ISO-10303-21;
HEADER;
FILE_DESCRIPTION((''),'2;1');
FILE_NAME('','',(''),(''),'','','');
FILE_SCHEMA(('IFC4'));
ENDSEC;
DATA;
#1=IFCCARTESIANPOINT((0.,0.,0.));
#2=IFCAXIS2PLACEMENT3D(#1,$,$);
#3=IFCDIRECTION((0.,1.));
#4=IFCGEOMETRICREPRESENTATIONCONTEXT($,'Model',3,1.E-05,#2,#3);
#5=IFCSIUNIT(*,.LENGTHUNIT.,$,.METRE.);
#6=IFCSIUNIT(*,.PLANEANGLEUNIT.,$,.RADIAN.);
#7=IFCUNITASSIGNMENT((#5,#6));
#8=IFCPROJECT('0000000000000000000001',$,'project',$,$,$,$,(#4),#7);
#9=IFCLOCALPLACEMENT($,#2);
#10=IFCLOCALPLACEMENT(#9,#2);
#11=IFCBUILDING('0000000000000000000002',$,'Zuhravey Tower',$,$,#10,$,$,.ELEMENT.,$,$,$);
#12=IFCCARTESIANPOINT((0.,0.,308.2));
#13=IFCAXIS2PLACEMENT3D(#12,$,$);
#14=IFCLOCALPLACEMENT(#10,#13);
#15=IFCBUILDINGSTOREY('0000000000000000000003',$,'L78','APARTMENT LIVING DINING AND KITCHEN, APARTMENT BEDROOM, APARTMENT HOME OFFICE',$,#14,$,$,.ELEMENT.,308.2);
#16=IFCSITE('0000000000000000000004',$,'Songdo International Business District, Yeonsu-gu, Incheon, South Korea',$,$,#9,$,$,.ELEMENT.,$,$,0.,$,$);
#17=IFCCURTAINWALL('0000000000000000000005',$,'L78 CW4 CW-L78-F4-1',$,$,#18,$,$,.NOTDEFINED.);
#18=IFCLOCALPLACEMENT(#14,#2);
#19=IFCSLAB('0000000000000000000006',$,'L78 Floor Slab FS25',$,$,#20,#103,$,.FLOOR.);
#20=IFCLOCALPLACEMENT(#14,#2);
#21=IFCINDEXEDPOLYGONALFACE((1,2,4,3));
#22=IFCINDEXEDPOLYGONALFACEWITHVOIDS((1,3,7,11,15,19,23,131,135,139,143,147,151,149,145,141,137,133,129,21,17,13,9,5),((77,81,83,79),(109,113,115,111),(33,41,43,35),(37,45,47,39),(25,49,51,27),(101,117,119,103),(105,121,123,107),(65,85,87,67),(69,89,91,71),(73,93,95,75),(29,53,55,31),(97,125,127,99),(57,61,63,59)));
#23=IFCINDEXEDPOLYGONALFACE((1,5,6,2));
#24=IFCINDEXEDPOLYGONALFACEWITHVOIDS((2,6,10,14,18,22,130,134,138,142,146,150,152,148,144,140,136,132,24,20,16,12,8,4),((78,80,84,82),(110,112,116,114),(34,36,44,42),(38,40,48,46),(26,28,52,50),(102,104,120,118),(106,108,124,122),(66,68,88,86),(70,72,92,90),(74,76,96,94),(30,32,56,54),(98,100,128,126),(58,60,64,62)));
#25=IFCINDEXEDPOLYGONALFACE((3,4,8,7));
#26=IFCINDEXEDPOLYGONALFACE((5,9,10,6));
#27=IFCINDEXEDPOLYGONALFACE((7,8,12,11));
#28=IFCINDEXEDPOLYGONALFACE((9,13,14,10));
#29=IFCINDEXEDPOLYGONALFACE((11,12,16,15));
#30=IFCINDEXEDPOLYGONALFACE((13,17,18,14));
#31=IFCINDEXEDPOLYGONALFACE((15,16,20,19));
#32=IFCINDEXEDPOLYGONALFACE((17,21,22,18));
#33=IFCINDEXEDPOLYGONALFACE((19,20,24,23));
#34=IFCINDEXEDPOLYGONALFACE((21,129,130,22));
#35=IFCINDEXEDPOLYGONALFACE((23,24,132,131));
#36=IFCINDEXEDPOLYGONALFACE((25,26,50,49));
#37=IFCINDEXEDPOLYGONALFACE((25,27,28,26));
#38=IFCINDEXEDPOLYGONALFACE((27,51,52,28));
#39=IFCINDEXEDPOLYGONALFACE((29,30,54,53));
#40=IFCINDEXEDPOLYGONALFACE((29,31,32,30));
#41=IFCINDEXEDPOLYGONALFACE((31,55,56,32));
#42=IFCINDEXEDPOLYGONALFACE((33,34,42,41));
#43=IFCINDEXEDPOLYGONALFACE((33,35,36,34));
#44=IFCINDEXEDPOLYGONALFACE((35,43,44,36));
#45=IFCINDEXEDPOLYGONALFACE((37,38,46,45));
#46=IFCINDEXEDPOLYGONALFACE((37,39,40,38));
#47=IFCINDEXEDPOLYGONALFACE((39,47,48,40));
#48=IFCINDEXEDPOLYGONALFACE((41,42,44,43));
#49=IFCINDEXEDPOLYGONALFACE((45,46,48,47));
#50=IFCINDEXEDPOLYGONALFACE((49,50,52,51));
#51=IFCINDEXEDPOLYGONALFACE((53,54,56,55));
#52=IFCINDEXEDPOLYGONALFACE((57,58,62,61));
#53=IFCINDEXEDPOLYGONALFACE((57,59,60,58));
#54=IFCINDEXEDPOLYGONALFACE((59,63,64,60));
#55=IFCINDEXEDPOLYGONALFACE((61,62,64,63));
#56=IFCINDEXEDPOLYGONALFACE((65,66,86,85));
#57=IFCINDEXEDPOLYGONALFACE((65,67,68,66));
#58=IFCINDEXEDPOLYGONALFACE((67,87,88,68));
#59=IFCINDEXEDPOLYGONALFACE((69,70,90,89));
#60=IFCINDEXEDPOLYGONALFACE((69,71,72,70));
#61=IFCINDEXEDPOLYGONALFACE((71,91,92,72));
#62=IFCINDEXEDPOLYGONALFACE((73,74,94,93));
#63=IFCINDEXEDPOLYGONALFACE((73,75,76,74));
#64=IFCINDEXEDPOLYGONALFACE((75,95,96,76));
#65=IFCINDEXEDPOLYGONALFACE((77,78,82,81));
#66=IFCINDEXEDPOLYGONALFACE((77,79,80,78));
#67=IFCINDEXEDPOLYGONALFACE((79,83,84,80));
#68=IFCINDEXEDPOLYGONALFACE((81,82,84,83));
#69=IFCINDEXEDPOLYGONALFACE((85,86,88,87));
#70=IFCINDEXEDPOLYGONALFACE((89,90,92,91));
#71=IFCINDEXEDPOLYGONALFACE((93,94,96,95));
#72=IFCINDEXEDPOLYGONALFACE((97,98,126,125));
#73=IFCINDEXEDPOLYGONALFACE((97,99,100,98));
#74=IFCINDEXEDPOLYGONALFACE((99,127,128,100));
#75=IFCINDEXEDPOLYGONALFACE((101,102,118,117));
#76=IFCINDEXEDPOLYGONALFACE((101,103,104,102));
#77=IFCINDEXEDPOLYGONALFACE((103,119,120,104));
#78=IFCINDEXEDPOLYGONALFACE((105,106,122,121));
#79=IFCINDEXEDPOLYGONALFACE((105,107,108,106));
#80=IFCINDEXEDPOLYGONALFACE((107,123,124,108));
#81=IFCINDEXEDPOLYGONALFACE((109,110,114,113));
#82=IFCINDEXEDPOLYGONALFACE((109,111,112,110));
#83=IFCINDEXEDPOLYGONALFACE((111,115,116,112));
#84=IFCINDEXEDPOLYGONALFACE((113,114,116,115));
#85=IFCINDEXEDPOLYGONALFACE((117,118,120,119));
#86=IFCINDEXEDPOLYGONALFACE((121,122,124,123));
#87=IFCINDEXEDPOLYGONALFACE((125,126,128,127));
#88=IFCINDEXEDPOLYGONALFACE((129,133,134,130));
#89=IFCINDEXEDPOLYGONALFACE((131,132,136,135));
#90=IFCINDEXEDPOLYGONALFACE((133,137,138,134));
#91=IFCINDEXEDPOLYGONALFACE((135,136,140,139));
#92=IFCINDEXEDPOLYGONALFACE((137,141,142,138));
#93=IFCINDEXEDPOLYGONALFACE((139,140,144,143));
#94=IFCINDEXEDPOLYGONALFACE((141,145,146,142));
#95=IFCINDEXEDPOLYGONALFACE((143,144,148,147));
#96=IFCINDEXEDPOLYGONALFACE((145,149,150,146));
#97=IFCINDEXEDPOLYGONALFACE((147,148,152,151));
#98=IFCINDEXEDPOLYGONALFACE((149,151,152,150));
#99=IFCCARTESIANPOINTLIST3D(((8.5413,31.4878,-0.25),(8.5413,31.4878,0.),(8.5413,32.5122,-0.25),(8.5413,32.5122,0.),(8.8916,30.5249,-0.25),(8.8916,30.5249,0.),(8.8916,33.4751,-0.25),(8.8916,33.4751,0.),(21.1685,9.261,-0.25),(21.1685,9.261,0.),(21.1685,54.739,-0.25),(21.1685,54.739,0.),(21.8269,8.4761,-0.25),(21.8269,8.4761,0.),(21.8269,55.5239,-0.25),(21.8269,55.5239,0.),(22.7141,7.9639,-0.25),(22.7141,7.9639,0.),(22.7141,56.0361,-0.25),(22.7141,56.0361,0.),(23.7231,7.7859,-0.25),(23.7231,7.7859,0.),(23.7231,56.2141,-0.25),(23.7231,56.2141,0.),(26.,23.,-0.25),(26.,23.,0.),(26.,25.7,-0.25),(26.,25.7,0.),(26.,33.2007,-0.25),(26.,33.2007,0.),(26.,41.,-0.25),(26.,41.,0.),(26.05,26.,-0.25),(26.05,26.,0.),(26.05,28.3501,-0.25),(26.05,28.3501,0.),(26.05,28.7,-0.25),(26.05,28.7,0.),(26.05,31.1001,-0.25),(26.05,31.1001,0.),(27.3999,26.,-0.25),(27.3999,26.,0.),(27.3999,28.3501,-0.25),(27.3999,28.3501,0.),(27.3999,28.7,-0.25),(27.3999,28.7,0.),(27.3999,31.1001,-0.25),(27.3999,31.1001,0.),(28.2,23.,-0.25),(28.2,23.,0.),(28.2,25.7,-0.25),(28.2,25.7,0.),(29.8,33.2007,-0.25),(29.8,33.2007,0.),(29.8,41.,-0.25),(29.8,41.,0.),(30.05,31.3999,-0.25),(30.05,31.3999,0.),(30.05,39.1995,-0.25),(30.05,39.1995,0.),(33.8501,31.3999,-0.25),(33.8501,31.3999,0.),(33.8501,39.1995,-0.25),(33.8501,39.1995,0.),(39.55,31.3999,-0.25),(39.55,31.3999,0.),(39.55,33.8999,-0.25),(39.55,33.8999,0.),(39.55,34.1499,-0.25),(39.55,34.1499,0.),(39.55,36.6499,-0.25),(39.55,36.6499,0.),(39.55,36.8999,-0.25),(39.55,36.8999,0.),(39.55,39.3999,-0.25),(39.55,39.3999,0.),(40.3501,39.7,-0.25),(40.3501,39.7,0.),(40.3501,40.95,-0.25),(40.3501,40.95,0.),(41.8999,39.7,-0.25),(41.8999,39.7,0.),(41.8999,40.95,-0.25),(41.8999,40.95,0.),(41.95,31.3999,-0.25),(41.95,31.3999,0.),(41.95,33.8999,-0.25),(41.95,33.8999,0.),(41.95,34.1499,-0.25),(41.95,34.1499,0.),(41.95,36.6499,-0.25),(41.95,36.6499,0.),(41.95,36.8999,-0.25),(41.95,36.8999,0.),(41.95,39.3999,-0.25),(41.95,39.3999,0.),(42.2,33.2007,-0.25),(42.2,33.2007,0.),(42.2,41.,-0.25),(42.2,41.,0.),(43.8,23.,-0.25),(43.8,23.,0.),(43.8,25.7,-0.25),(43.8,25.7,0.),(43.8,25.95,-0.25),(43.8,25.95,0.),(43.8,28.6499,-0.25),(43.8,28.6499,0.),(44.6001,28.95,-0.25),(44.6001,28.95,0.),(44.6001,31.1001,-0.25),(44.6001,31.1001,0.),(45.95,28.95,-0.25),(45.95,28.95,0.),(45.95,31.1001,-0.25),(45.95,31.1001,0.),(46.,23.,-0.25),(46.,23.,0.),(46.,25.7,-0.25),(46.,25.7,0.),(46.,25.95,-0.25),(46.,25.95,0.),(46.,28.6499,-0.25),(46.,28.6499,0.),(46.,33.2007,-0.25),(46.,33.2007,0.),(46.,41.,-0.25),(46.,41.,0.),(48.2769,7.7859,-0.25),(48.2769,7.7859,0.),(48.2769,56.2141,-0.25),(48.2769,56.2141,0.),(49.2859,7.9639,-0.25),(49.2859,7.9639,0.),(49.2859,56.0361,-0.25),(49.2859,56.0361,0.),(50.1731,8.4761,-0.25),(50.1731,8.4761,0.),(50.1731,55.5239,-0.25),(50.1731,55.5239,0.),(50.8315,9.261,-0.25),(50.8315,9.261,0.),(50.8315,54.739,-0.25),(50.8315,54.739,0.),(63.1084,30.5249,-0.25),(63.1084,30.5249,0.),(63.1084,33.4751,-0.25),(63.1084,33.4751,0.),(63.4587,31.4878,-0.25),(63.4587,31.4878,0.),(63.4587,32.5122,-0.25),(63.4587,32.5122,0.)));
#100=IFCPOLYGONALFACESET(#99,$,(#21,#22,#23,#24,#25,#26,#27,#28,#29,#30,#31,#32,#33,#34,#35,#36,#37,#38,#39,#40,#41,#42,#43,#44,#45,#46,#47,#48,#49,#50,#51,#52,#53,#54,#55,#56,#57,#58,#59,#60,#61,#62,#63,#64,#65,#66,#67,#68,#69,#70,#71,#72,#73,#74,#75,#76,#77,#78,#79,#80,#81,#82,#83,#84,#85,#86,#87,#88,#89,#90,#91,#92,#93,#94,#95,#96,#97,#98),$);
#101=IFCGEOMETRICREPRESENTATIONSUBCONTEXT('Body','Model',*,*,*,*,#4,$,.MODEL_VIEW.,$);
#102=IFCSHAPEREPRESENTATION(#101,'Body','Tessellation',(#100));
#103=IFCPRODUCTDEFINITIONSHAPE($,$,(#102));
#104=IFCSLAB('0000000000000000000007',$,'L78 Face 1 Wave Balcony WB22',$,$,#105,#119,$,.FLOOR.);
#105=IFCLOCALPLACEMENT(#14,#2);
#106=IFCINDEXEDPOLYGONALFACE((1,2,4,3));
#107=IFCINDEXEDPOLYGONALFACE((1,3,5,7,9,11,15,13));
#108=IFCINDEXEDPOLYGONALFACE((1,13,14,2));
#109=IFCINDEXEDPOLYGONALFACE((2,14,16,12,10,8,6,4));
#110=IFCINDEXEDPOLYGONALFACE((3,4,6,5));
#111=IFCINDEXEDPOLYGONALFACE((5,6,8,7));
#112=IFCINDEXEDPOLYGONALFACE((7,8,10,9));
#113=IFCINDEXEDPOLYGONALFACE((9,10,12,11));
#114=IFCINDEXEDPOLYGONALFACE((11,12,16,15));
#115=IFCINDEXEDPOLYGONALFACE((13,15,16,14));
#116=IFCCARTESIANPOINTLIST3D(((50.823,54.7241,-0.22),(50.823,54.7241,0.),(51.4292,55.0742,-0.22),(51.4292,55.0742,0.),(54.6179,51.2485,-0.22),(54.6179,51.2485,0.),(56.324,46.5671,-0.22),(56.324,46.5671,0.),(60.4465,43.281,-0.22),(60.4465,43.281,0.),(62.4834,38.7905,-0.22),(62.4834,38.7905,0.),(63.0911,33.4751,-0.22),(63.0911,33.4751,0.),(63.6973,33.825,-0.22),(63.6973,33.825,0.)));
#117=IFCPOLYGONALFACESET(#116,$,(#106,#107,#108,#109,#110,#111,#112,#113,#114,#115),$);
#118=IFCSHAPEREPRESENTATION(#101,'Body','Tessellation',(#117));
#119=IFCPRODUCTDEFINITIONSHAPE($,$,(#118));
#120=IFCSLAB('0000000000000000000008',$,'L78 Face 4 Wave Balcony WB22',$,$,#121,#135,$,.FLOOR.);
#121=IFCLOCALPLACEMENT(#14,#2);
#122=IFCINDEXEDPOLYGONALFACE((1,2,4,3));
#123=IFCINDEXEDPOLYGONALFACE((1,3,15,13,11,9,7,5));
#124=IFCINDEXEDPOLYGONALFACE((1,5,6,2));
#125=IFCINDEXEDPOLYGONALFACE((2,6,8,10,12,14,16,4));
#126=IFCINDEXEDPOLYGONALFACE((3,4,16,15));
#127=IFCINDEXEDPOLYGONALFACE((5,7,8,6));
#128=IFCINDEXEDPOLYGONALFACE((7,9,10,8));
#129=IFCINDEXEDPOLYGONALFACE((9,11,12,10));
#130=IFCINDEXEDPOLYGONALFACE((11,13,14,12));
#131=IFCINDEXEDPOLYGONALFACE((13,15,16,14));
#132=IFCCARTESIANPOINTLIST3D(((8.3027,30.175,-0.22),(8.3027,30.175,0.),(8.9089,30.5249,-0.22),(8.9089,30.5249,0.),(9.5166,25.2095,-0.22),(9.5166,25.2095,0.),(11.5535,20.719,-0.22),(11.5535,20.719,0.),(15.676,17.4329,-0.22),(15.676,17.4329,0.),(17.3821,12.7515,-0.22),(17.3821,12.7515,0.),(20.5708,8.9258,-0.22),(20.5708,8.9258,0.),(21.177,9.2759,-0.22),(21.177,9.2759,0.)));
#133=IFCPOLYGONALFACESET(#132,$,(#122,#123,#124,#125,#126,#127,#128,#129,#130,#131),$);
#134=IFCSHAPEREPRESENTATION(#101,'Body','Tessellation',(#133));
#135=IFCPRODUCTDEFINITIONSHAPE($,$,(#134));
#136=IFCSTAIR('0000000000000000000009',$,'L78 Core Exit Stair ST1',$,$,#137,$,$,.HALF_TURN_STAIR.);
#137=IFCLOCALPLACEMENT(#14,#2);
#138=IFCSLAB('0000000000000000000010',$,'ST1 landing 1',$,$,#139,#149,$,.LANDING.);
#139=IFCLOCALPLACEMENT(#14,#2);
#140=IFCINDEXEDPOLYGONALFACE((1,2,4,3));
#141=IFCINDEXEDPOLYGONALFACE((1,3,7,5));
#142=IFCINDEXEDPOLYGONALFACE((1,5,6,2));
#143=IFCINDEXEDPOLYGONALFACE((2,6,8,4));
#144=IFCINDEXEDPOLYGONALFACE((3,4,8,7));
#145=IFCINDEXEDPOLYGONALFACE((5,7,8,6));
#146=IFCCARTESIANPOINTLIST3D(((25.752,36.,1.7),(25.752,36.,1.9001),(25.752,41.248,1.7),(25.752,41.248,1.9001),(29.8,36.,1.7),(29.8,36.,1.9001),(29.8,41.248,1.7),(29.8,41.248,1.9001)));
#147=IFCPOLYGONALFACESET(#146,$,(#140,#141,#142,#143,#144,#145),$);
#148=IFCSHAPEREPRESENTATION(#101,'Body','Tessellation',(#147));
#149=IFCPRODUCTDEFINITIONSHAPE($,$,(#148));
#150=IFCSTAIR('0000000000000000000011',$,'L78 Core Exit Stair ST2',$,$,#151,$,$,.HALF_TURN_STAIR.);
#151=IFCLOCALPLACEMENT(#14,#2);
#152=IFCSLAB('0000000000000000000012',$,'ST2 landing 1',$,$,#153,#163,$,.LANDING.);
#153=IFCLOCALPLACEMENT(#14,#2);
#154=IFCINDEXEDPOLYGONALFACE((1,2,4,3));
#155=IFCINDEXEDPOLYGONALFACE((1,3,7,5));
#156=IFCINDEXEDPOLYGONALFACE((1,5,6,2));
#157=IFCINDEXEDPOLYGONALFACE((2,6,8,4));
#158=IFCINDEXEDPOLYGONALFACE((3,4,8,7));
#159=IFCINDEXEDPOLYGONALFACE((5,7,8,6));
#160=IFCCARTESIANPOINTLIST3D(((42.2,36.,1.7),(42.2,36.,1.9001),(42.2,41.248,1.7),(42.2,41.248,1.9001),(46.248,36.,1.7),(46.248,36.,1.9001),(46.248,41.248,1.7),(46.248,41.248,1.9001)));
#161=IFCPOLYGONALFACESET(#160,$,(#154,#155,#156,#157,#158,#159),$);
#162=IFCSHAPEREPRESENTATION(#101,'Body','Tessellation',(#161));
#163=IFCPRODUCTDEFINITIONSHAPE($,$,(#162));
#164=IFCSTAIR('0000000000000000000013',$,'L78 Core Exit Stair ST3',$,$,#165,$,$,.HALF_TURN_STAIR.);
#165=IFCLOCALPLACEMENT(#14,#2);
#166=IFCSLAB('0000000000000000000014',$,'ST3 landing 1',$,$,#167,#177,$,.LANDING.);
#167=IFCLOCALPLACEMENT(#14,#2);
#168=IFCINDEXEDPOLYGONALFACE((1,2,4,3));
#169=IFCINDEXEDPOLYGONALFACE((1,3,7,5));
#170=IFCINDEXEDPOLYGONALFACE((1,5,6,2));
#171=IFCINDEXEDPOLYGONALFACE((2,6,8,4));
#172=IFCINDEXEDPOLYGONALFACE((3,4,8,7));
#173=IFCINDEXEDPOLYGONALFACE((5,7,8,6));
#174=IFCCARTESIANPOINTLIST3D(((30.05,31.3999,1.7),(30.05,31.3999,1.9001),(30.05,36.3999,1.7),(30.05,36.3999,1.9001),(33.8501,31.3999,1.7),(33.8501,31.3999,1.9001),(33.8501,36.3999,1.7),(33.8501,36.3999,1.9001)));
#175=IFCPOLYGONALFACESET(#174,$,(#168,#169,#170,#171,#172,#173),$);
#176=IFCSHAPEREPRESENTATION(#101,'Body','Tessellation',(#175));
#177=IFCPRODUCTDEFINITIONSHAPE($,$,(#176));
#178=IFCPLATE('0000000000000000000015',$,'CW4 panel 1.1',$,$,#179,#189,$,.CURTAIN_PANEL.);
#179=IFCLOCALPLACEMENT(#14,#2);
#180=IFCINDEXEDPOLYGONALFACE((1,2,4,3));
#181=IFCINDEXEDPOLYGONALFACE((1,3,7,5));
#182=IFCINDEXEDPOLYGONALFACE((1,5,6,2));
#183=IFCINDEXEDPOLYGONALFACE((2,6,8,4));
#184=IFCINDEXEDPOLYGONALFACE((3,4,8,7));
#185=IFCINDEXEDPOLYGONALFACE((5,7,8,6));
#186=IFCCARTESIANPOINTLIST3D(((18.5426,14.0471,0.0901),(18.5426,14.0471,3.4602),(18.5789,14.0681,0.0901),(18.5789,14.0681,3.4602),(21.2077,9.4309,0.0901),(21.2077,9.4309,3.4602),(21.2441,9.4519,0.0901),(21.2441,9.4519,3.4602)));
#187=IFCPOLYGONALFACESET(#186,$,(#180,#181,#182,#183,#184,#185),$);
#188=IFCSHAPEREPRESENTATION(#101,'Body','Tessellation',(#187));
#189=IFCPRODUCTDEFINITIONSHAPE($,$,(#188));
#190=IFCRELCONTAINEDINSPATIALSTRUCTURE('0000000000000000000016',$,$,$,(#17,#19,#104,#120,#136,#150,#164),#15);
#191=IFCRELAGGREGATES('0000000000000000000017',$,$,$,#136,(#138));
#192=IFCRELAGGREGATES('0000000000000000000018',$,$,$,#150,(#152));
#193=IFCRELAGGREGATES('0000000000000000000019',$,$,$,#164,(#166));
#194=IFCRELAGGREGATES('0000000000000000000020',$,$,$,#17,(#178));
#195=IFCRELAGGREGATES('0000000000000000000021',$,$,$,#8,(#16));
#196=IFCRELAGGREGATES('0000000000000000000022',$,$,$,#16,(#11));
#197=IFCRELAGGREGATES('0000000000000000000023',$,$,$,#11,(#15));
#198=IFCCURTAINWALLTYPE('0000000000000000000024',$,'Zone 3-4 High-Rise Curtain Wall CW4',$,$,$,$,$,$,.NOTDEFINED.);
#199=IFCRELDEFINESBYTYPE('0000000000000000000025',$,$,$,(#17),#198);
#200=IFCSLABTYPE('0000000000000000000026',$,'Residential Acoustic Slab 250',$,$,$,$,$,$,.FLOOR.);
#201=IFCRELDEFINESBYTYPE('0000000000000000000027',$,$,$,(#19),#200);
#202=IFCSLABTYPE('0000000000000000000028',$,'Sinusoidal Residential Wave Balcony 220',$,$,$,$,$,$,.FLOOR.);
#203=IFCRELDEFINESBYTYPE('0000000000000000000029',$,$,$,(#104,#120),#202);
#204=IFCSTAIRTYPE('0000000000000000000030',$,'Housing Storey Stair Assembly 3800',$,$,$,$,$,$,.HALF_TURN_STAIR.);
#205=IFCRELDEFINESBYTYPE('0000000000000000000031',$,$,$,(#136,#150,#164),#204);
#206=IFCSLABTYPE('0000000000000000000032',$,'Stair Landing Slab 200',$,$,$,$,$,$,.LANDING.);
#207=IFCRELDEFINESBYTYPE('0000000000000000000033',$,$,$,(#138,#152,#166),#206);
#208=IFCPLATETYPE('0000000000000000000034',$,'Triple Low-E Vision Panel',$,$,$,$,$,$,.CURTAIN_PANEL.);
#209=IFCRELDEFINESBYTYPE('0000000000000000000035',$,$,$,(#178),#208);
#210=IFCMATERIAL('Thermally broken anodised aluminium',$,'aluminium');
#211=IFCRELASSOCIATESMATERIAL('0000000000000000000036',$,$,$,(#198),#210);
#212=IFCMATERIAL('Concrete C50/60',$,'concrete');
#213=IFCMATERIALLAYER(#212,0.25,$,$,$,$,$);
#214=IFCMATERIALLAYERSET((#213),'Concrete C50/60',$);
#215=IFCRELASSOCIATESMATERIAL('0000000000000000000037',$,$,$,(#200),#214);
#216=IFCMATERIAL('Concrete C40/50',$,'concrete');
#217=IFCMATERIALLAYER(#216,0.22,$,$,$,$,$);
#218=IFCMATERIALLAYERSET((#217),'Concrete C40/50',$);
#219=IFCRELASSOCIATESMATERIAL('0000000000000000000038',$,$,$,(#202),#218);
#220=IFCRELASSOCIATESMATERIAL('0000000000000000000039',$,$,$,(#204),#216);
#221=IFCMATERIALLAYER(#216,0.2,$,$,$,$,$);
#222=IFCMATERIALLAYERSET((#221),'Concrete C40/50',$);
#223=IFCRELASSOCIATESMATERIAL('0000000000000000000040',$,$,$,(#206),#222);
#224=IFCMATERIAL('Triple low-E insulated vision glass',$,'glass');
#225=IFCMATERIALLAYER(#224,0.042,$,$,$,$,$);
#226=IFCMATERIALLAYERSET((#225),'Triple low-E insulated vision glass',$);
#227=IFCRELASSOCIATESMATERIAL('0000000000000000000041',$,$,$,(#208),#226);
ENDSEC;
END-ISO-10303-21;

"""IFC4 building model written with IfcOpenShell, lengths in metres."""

from ifc_helpers import new_model, si_unit, direction, frame, origin, origin_2d, place, context, subcontext, project, spatial, polyline, rectangle, outline, extrude, material, layer, layer_set, type_object, element, aggregate, save


model = new_model("IFC4")

# Units and contexts
model_context = context("Model", 3, precision=1e-05, world=origin(), true_north=direction((0.0, 1.0)))
body_context = subcontext(model_context, "Body", "Model", "MODEL_VIEW")
ifc_project = project(units=[si_unit("LENGTHUNIT", "METRE"), si_unit("PLANEANGLEUNIT", "RADIAN")], contexts=[model_context])

# Site, building, storey
site_placement = place(None, origin())
site = spatial("IfcSite", under=ifc_project, at=site_placement, Name="Songdo International Business District, Yeonsu-gu, Incheon, South Korea", CompositionType="ELEMENT", RefElevation=0.0)
building_placement = place(site_placement, origin())
building = spatial("IfcBuilding", under=site, at=building_placement, Name="Zuhravey Tower", CompositionType="ELEMENT")
storey_placement = place(building_placement, frame((0.0, 0.0, 308.2)))
storey = spatial("IfcBuildingStorey", under=building, at=storey_placement, Name="L78", Description="APARTMENT LIVING DINING AND KITCHEN, APARTMENT BEDROOM, APARTMENT HOME OFFICE", CompositionType="ELEMENT", Elevation=308.2)

# Shared definitions
ifc_material_1 = material(Name="Concrete C50/60", Category="concrete")

# Curtain wall
ifc_material_2 = material(Name="Thermally broken anodised aluminium", Category="aluminium")
curtain_wall_type = type_object("IfcCurtainWallType", Name="Zone 3-4 High-Rise Curtain Wall CW4", PredefinedType="NOTDEFINED", material=ifc_material_2)
curtain_wall_placement = place(storey_placement, origin())
curtain_wall = element("IfcCurtainWall", 1, at=curtain_wall_placement, inside=storey, type_object=curtain_wall_type, Name="L78 CW4 CW-L78-F4-1", PredefinedType="NOTDEFINED")

# Slabs
ifc_layer_1 = layer(ifc_material_1, 0.25)
ifc_layer_set_1 = layer_set([ifc_layer_1], Name="Concrete C50/60")
slab_type_1 = type_object("IfcSlabType", Name="Residential Acoustic Slab 250", PredefinedType="FLOOR", material=ifc_layer_set_1)
slab_1_placement = place(storey_placement, frame((0.0, 0.0, -0.25)))
element("IfcSlab", 2, at=slab_1_placement, inside=storey, type_object=slab_type_1, Name="L78 Floor Slab FS25", PredefinedType="FLOOR", context=body_context, shape_type="SweptSolid", body=[
    extrude(outline(polyline([(63.1084, 30.5249), (63.4587, 31.4878), (63.4587, 32.5122), (63.1084, 33.4751), (50.8315, 54.739), (50.1731, 55.5239), (49.2859, 56.0361), (48.2769, 56.2141), (23.7231, 56.2141), (22.7141, 56.0361), (21.8269, 55.5239), (21.1685, 54.739), (8.8916, 33.4751), (8.5413, 32.5122), (8.5413, 31.4878), (8.8916, 30.5249), (21.1685, 9.261), (21.8269, 8.4761), (22.7141, 7.9639), (23.7231, 7.7859), (48.2769, 7.7859), (49.2859, 7.9639), (50.1731, 8.4761), (50.8315, 9.261), (63.1084, 30.5249)]), holes=[polyline([(29.8, 33.2007), (29.8, 41.0), (26.0, 41.0), (26.0, 33.2007), (29.8, 33.2007)]), polyline([(46.0, 33.2007), (46.0, 41.0), (42.2, 41.0), (42.2, 33.2007), (46.0, 33.2007)]), polyline([(30.05, 39.1995), (30.05, 31.3999), (33.8501, 31.3999), (33.8501, 39.1995), (30.05, 39.1995)]), polyline([(39.55, 31.3999), (41.95, 31.3999), (41.95, 33.8999), (39.55, 33.8999), (39.55, 31.3999)]), polyline([(39.55, 34.1499), (41.95, 34.1499), (41.95, 36.6499), (39.55, 36.6499), (39.55, 34.1499)]), polyline([(39.55, 36.8999), (41.95, 36.8999), (41.95, 39.3999), (39.55, 39.3999), (39.55, 36.8999)]), polyline([(26.0, 23.0), (28.2, 23.0), (28.2, 25.7), (26.0, 25.7), (26.0, 23.0)]), polyline([(43.8, 23.0), (46.0, 23.0), (46.0, 25.7), (43.8, 25.7), (43.8, 23.0)]), polyline([(43.8, 25.95), (46.0, 25.95), (46.0, 28.6499), (43.8, 28.6499), (43.8, 25.95)]), polyline([(26.05, 26.0), (27.3999, 26.0), (27.3999, 28.3501), (26.05, 28.3501), (26.05, 26.0)]), polyline([(26.05, 28.7), (27.3999, 28.7), (27.3999, 31.1001), (26.05, 31.1001), (26.05, 28.7)]), polyline([(44.6001, 28.95), (45.95, 28.95), (45.95, 31.1001), (44.6001, 31.1001), (44.6001, 28.95)]), polyline([(40.3501, 39.7), (41.8999, 39.7), (41.8999, 40.95), (40.3501, 40.95), (40.3501, 39.7)])]), origin(), (0.0, 0.0, 1.0), 0.25),
])
ifc_material_3 = material(Name="Concrete C40/50", Category="concrete")
ifc_layer_2 = layer(ifc_material_3, 0.22)
ifc_layer_set_2 = layer_set([ifc_layer_2], Name="Concrete C40/50")
slab_type_2 = type_object("IfcSlabType", Name="Sinusoidal Residential Wave Balcony 220", PredefinedType="FLOOR", material=ifc_layer_set_2)
slab_2_placement = place(storey_placement, frame((0.0, 0.0, -0.22)))
element("IfcSlab", 3, at=slab_2_placement, inside=storey, type_object=slab_type_2, Name="L78 Face 1 Wave Balcony WB22", PredefinedType="FLOOR", context=body_context, shape_type="SweptSolid", body=[
    extrude(outline(polyline([(63.0911, 33.4751), (50.823, 54.7241), (51.4292, 55.0742), (54.6179, 51.2485), (56.324, 46.5671), (60.4465, 43.281), (62.4834, 38.7905), (63.6973, 33.825), (63.0911, 33.4751)])), origin(), (0.0, 0.0, 1.0), 0.22),
])
slab_3_placement = place(storey_placement, frame((0.0, 0.0, -0.22)))
element("IfcSlab", 4, at=slab_3_placement, inside=storey, type_object=slab_type_2, Name="L78 Face 4 Wave Balcony WB22", PredefinedType="FLOOR", context=body_context, shape_type="SweptSolid", body=[
    extrude(outline(polyline([(8.9089, 30.5249), (21.177, 9.2759), (20.5708, 8.9258), (17.3821, 12.7515), (15.676, 17.4329), (11.5535, 20.719), (9.5166, 25.2095), (8.3027, 30.175), (8.9089, 30.5249)])), origin(), (0.0, 0.0, 1.0), 0.22),
])

# Stairs, slabs
stair_type = type_object("IfcStairType", Name="Housing Storey Stair Assembly 3800", PredefinedType="HALF_TURN_STAIR", material=ifc_material_3)
stair_1_placement = place(storey_placement, origin())
stair_1 = element("IfcStair", 5, at=stair_1_placement, inside=storey, type_object=stair_type, Name="L78 Core Exit Stair ST1", PredefinedType="HALF_TURN_STAIR")
ifc_layer_3 = layer(ifc_material_3, 0.2)
ifc_layer_set_3 = layer_set([ifc_layer_3], Name="Concrete C40/50")
slab_type_3 = type_object("IfcSlabType", Name="Stair Landing Slab 200", PredefinedType="LANDING", material=ifc_layer_set_3)
slab_4_placement = place(storey_placement, frame((0.0, 0.0, 1.7)))
slab_4 = element("IfcSlab", 6, at=slab_4_placement, type_object=slab_type_3, Name="ST1 landing 1", PredefinedType="LANDING", context=body_context, shape_type="SweptSolid", body=[
    extrude(outline(polyline([(29.8, 36.0), (29.8, 41.248), (25.752, 41.248), (25.752, 36.0), (29.8, 36.0)])), origin(), (0.0, 0.0, 1.0), 0.2002),
])
aggregate(stair_1, [slab_4])
stair_2_placement = place(storey_placement, origin())
stair_2 = element("IfcStair", 7, at=stair_2_placement, inside=storey, type_object=stair_type, Name="L78 Core Exit Stair ST2", PredefinedType="HALF_TURN_STAIR")
slab_5_placement = place(storey_placement, frame((0.0, 0.0, 1.7)))
slab_5 = element("IfcSlab", 8, at=slab_5_placement, type_object=slab_type_3, Name="ST2 landing 1", PredefinedType="LANDING", context=body_context, shape_type="SweptSolid", body=[
    extrude(outline(polyline([(46.248, 36.0), (46.248, 41.248), (42.2, 41.248), (42.2, 36.0), (46.248, 36.0)])), origin(), (0.0, 0.0, 1.0), 0.2002),
])
aggregate(stair_2, [slab_5])
stair_3_placement = place(storey_placement, origin())
stair_3 = element("IfcStair", 9, at=stair_3_placement, inside=storey, type_object=stair_type, Name="L78 Core Exit Stair ST3", PredefinedType="HALF_TURN_STAIR")
slab_6_placement = place(storey_placement, frame((0.0, 0.0, 1.7)))
slab_6 = element("IfcSlab", 10, at=slab_6_placement, type_object=slab_type_3, Name="ST3 landing 1", PredefinedType="LANDING", context=body_context, shape_type="SweptSolid", body=[
    extrude(outline(polyline([(30.05, 36.3999), (30.05, 31.3999), (33.8501, 31.3999), (33.8501, 36.3999), (30.05, 36.3999)])), origin(), (0.0, 0.0, 1.0), 0.2002),
])
aggregate(stair_3, [slab_6])

# Plate
ifc_material_4 = material(Name="Triple low-E insulated vision glass", Category="glass")
ifc_layer_4 = layer(ifc_material_4, 0.042)
ifc_layer_set_4 = layer_set([ifc_layer_4], Name="Triple low-E insulated vision glass")
plate_type_1 = type_object("IfcPlateType", Name="Triple Low-E Vision Panel", PredefinedType="CURTAIN_PANEL", material=ifc_layer_set_4)
plate_1_placement = place(storey_placement, frame((19.8933, 11.7495, 0.0901), z_axis=(0.0, 0.0, 1.0), x_axis=(-0.499999, 0.866026, 0.0)))
plate_1 = element("IfcPlate", 11, at=plate_1_placement, type_object=plate_type_1, Name="CW4 panel 1.1", PredefinedType="CURTAIN_PANEL", context=body_context, shape_type="SweptSolid", body=[
    extrude(rectangle(XDim=5.3303, YDim=0.042, at=origin_2d()), origin(), (0.0, 0.0, 1.0), 3.3701),
])
aggregate(curtain_wall, [plate_1])

save(model, "model.ifc")
